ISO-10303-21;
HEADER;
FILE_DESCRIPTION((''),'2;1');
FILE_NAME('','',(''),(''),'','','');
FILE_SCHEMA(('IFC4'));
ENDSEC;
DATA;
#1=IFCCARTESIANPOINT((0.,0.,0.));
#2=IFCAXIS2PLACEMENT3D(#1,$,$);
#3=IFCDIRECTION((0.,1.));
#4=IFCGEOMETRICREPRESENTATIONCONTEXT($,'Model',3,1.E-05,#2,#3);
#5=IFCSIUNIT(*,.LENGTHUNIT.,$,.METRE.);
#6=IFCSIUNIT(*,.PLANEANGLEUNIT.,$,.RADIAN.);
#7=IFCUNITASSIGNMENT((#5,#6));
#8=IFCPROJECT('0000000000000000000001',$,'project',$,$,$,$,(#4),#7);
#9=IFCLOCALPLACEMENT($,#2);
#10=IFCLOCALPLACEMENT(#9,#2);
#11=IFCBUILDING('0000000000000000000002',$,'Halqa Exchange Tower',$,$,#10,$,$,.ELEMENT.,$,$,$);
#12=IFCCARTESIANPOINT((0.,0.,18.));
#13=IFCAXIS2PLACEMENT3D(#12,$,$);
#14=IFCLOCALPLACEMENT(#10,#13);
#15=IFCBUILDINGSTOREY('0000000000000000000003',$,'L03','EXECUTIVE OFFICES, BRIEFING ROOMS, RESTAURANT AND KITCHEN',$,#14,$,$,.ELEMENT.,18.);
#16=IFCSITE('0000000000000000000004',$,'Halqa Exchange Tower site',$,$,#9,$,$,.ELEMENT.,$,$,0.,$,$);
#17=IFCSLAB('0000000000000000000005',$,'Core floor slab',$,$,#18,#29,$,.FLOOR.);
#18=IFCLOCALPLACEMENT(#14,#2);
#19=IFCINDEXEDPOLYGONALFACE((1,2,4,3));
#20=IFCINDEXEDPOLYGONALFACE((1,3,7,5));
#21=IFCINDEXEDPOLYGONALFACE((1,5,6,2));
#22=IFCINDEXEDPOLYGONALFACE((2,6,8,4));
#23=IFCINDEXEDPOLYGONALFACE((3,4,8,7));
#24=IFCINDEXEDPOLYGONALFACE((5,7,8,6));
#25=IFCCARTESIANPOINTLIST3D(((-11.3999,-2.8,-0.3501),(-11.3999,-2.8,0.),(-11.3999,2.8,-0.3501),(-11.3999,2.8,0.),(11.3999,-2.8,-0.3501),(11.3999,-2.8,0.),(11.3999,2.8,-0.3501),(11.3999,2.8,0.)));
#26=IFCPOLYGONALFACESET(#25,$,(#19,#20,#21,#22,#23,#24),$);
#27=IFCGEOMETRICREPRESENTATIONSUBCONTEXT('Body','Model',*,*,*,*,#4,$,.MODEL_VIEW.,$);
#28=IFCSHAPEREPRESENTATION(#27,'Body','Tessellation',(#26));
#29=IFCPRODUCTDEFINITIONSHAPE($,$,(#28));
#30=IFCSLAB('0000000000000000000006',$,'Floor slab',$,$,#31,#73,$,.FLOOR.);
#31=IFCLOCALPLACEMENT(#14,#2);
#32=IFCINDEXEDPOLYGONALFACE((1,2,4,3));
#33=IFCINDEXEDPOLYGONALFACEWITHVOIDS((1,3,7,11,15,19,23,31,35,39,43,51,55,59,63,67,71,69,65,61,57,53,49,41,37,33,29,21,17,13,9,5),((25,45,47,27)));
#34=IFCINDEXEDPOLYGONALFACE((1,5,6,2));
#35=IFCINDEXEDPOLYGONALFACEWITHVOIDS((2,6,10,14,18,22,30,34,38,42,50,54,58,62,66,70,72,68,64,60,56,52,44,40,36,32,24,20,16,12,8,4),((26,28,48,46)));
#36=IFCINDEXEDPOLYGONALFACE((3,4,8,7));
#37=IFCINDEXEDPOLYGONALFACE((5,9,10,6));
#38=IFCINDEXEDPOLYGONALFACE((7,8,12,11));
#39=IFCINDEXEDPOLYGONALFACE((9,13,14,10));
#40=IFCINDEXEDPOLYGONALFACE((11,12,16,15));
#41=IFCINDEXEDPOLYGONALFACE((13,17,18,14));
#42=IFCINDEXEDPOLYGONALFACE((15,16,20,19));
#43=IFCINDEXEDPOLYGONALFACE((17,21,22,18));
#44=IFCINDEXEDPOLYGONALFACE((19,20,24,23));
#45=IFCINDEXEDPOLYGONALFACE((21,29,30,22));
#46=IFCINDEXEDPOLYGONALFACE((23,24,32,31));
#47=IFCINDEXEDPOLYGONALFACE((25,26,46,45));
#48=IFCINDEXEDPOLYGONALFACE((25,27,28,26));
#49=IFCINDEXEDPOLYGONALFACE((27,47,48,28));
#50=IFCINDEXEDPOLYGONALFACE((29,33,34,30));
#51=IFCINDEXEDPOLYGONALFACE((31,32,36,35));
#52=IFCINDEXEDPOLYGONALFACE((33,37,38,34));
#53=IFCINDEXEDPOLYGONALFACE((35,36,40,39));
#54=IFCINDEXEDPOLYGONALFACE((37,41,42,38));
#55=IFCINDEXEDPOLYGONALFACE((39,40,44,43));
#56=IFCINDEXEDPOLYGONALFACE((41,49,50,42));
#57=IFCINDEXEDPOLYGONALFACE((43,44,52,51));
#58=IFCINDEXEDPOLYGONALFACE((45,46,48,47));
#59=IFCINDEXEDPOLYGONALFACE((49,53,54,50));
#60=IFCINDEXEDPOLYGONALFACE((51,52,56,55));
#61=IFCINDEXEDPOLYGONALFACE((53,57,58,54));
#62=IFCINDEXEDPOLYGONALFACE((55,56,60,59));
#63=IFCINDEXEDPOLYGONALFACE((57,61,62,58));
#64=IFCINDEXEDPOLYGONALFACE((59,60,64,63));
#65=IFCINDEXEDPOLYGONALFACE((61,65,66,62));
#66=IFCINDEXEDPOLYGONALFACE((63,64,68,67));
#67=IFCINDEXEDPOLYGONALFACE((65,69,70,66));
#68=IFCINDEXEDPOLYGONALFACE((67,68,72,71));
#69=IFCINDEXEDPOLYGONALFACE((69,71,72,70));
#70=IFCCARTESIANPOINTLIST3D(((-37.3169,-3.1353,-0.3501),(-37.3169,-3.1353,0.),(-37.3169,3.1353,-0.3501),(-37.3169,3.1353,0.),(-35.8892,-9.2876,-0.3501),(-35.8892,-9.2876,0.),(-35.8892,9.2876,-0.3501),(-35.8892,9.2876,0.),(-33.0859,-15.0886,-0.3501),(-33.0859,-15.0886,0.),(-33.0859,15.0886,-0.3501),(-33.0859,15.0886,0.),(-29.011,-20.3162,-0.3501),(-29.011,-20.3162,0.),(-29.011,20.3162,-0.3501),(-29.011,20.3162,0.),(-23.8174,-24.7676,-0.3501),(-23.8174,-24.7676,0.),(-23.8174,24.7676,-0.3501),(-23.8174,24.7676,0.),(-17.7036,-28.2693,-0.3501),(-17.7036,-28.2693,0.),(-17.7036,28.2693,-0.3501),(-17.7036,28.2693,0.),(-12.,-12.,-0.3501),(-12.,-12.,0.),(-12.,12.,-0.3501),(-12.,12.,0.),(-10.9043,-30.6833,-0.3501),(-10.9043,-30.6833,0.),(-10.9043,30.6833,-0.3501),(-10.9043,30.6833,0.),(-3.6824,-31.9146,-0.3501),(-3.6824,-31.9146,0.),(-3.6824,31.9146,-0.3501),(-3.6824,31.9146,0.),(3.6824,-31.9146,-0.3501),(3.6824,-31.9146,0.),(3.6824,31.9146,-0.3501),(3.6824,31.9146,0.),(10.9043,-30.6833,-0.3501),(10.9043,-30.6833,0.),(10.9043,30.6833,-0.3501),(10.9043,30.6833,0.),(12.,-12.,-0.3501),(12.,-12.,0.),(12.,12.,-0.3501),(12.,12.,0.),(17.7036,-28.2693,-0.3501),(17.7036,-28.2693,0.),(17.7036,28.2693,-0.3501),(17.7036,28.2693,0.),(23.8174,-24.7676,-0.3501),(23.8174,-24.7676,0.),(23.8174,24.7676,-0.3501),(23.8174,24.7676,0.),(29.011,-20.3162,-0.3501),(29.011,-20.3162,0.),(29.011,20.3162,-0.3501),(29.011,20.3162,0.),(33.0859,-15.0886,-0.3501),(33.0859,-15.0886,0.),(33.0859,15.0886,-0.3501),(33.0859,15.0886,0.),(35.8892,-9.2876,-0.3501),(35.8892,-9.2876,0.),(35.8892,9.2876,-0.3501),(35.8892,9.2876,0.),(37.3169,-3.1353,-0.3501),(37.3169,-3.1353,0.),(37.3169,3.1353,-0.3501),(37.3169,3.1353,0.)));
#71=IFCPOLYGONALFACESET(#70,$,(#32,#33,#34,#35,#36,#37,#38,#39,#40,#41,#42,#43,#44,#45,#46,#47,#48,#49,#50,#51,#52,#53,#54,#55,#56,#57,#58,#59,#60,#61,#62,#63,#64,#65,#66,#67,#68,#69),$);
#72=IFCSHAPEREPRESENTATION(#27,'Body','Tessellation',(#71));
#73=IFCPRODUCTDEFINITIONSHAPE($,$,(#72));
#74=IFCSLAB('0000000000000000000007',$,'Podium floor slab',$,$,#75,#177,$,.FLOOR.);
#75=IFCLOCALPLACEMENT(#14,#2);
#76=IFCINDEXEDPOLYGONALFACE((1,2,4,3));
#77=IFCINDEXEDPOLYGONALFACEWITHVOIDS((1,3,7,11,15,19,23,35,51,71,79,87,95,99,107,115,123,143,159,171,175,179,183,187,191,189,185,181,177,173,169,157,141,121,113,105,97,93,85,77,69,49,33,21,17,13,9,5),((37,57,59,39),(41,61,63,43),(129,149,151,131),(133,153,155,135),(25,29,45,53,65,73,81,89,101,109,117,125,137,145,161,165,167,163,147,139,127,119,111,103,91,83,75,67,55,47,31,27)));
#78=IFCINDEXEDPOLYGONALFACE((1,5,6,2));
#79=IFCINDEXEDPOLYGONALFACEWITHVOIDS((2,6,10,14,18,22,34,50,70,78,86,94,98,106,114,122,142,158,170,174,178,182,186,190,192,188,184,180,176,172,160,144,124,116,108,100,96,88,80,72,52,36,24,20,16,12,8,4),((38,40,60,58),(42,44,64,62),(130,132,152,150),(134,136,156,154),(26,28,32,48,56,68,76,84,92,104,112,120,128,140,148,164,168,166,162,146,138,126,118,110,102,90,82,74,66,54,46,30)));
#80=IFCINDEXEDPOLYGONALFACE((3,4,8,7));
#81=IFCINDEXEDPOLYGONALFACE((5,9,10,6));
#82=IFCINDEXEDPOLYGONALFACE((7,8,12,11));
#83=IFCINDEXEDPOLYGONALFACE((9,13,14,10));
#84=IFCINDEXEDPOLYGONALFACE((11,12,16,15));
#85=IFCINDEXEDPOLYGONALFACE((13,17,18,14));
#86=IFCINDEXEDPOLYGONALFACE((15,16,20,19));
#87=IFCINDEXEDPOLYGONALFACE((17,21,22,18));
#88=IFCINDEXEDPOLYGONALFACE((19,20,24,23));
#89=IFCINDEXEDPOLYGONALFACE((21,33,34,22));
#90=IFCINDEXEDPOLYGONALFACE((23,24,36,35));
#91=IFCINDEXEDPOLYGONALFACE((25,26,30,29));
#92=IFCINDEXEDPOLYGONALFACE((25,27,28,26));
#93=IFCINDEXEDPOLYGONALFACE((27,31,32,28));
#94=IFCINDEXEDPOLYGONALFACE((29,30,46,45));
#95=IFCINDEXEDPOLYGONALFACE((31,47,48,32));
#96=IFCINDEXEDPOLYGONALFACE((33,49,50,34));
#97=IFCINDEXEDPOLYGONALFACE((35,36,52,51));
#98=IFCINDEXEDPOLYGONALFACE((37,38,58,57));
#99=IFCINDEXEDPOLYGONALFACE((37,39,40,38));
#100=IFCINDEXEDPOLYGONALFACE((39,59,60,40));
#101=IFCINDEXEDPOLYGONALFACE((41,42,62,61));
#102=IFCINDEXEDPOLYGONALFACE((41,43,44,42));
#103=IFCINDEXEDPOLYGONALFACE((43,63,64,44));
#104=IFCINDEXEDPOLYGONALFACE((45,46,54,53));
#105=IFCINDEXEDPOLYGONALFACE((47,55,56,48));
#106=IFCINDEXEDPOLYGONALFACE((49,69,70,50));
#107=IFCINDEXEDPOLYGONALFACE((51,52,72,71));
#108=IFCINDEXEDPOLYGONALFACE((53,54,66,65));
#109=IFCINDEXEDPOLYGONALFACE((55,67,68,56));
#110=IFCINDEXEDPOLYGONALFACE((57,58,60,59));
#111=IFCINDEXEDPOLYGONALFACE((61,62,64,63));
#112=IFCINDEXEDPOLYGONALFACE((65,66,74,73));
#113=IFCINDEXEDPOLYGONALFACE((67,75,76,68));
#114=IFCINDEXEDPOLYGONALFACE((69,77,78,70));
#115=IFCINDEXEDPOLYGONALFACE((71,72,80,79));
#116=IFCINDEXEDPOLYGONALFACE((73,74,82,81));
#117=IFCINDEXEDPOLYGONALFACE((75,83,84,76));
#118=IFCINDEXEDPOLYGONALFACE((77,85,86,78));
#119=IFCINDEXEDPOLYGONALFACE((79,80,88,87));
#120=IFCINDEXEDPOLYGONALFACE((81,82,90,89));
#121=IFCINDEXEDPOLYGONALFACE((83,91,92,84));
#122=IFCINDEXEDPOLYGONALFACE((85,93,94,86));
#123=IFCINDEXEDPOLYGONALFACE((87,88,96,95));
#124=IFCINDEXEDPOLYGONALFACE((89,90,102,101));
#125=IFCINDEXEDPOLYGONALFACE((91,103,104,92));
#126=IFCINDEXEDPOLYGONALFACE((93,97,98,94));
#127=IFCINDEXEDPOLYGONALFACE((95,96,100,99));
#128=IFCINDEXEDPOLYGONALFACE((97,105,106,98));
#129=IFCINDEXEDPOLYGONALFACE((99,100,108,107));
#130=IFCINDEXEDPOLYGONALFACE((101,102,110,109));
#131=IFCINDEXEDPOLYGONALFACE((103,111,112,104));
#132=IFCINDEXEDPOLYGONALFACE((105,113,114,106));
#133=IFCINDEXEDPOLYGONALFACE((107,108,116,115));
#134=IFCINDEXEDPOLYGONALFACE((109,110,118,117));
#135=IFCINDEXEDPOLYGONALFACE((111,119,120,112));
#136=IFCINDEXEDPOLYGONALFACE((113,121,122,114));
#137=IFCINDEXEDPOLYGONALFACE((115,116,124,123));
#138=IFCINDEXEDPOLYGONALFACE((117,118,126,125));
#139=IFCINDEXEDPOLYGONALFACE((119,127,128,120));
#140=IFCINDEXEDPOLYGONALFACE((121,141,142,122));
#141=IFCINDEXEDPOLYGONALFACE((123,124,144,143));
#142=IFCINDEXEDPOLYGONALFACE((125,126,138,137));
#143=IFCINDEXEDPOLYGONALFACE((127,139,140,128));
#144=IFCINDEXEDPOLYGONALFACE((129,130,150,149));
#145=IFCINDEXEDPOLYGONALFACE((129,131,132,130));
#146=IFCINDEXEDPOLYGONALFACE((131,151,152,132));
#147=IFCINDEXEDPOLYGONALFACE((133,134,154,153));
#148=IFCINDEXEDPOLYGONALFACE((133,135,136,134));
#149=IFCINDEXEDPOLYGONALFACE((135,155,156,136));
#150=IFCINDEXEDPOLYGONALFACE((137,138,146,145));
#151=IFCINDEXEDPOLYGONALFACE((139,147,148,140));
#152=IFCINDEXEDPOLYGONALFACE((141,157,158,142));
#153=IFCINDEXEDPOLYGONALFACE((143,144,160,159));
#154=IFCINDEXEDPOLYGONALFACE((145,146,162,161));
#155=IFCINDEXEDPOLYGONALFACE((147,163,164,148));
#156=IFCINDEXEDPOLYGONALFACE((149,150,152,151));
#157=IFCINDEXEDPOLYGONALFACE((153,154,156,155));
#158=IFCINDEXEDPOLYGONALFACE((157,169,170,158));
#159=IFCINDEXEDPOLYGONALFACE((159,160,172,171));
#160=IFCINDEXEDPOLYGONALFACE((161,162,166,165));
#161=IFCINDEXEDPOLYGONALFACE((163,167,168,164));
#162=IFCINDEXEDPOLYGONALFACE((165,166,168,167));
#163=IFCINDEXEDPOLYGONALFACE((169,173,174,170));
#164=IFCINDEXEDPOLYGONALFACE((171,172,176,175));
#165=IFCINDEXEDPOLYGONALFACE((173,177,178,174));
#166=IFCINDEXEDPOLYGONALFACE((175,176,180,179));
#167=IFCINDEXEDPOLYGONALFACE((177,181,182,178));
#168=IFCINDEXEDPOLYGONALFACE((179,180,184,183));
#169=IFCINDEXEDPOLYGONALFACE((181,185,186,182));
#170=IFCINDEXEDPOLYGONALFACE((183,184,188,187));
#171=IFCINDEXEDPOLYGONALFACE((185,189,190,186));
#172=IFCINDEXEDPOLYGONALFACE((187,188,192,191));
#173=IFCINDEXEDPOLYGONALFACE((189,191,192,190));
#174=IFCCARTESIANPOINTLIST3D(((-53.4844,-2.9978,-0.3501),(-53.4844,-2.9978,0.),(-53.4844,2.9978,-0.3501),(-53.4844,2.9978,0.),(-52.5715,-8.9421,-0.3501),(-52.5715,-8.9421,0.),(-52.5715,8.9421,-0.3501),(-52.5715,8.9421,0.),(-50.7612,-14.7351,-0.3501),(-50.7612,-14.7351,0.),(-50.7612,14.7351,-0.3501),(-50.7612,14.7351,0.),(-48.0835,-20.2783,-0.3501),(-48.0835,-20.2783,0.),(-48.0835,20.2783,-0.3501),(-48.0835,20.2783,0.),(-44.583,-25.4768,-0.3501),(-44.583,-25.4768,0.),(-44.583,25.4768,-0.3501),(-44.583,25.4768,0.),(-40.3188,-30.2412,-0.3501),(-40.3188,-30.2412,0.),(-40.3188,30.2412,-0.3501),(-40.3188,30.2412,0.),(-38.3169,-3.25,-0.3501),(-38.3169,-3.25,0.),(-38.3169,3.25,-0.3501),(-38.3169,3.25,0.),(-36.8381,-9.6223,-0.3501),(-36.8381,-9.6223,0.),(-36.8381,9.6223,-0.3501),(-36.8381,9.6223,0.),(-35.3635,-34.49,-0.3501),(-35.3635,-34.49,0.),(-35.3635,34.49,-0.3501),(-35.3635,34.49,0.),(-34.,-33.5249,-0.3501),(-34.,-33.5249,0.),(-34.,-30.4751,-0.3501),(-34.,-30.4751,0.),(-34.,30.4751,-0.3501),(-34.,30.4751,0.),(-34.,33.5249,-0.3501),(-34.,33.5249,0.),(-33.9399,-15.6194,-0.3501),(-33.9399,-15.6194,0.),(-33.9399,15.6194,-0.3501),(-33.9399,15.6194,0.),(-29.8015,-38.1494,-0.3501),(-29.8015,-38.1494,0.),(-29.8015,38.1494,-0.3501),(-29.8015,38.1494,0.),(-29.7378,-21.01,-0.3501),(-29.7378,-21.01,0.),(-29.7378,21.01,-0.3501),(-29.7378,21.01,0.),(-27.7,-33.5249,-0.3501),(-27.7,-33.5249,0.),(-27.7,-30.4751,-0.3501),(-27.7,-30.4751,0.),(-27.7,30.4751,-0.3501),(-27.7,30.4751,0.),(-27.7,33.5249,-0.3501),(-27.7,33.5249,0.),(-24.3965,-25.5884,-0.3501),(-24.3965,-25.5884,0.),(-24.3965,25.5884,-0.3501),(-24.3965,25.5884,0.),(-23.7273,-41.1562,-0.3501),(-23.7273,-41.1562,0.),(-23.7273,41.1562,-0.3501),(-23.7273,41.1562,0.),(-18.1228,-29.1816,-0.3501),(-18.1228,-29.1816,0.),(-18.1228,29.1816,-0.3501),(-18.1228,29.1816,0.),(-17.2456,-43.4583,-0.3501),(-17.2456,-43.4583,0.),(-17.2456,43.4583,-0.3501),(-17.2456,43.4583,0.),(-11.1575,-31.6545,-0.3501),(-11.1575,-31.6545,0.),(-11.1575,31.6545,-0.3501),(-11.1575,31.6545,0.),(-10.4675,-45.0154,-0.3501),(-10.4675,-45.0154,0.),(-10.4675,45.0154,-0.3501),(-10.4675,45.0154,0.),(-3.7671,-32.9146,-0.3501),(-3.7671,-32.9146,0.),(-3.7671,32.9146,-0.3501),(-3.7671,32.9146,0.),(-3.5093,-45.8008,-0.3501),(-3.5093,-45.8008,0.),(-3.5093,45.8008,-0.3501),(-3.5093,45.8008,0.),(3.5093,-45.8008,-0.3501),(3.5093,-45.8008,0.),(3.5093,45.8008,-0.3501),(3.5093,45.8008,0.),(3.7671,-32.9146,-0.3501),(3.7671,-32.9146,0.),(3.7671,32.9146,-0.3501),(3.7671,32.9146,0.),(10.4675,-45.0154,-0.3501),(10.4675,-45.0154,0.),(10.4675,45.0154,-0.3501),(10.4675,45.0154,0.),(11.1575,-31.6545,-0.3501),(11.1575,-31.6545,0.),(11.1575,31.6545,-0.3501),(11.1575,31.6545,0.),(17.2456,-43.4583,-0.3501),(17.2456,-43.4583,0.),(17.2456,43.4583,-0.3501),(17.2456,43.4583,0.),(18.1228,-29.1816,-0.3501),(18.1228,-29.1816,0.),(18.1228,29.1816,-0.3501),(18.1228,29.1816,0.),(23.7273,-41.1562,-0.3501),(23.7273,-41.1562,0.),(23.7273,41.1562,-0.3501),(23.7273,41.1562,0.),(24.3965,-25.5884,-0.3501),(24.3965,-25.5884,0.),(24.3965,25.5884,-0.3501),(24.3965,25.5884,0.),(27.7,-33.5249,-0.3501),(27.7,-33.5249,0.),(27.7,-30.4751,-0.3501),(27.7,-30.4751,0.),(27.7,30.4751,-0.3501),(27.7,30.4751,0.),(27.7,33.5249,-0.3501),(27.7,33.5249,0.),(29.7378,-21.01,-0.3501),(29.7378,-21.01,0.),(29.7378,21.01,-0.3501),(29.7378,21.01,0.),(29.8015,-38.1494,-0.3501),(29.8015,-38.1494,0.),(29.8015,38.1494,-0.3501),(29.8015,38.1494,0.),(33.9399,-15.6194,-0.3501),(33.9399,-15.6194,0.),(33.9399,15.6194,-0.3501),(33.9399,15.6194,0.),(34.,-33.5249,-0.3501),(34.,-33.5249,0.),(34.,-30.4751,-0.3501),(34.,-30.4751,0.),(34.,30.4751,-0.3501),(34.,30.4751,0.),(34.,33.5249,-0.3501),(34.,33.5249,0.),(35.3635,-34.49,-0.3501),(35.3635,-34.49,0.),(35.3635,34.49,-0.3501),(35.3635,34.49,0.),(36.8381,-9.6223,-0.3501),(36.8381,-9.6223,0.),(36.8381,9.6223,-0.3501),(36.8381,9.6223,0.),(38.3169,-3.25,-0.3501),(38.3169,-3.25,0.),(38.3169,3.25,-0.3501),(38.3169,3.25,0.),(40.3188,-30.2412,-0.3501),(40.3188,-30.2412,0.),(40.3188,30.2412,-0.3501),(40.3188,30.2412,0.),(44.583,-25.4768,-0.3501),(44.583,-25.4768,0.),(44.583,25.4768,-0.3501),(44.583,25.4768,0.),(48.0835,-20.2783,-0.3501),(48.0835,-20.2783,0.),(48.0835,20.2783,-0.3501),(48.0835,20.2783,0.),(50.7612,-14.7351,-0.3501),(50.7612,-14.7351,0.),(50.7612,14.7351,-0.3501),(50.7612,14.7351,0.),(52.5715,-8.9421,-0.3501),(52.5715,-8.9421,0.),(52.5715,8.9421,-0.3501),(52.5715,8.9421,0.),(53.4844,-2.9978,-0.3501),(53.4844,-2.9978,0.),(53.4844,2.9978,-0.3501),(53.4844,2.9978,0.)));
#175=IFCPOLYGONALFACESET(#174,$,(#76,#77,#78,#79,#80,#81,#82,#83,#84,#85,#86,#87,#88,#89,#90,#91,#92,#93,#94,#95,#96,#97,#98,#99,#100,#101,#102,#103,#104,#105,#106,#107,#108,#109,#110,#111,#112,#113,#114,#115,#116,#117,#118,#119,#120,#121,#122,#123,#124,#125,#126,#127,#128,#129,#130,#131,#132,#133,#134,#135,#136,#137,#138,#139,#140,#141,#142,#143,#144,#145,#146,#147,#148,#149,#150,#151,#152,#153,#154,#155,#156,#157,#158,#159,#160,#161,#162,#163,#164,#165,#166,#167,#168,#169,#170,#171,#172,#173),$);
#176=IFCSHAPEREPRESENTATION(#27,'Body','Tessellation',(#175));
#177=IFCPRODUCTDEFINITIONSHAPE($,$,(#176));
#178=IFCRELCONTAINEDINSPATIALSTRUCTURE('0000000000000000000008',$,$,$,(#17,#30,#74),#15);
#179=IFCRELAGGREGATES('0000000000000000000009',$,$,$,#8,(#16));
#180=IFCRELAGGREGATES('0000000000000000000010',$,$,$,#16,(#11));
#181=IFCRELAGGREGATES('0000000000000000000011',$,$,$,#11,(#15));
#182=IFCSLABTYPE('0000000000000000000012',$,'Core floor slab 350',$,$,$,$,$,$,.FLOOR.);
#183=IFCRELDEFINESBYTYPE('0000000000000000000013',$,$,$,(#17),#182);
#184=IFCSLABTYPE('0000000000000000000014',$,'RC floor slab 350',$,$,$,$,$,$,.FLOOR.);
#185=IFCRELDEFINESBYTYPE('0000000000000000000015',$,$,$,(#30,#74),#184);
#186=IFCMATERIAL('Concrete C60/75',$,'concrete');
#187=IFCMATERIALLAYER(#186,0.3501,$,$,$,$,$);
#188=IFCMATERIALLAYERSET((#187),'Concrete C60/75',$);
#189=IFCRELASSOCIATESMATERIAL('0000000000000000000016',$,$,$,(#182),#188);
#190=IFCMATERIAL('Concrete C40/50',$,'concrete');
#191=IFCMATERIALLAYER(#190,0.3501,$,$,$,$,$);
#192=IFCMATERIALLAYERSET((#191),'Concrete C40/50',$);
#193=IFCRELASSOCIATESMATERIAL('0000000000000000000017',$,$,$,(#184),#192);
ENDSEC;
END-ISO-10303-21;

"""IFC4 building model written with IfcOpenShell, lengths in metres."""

from ifc_helpers import new_model, si_unit, direction, frame, origin, place, context, subcontext, project, spatial, polyline, outline, extrude, material, layer, layer_set, type_object, element, save


model = new_model("IFC4")

# Units and contexts
model_context = context("Model", 3, precision=1e-05, world=origin(), true_north=direction((0.0, 1.0)))
body_context = subcontext(model_context, "Body", "Model", "MODEL_VIEW")
ifc_project = project(units=[si_unit("LENGTHUNIT", "METRE"), si_unit("PLANEANGLEUNIT", "RADIAN")], contexts=[model_context])

# Site, building, storey
site_placement = place(None, origin())
site = spatial("IfcSite", under=ifc_project, at=site_placement, Name="Halqa Exchange Tower site", CompositionType="ELEMENT", RefElevation=0.0)
building_placement = place(site_placement, origin())
building = spatial("IfcBuilding", under=site, at=building_placement, Name="Halqa Exchange Tower", CompositionType="ELEMENT")
storey_placement = place(building_placement, frame((0.0, 0.0, 18.0)))
storey = spatial("IfcBuildingStorey", under=building, at=storey_placement, Name="L03", Description="EXECUTIVE OFFICES, BRIEFING ROOMS, RESTAURANT AND KITCHEN", CompositionType="ELEMENT", Elevation=18.0)

# Slabs
ifc_material_1 = material(Name="Concrete C60/75", Category="concrete")
ifc_layer_1 = layer(ifc_material_1, 0.3501)
ifc_layer_set_1 = layer_set([ifc_layer_1], Name="Concrete C60/75")
slab_type_1 = type_object("IfcSlabType", Name="Core floor slab 350", PredefinedType="FLOOR", material=ifc_layer_set_1)
slab_1_placement = place(storey_placement, frame((0.0, 0.0, -0.3501)))
element("IfcSlab", 1, at=slab_1_placement, inside=storey, type_object=slab_type_1, Name="Core floor slab", PredefinedType="FLOOR", context=body_context, shape_type="SweptSolid", body=[
    extrude(outline(polyline([(-11.3999, 2.8), (11.3999, 2.8), (11.3999, -2.8), (-11.3999, -2.8), (-11.3999, 2.8)])), origin(), (0.0, 0.0, 1.0), 0.3501),
])
ifc_material_2 = material(Name="Concrete C40/50", Category="concrete")
ifc_layer_2 = layer(ifc_material_2, 0.3501)
ifc_layer_set_2 = layer_set([ifc_layer_2], Name="Concrete C40/50")
slab_type_2 = type_object("IfcSlabType", Name="RC floor slab 350", PredefinedType="FLOOR", material=ifc_layer_set_2)
slab_2_placement = place(storey_placement, frame((0.0, 0.0, -0.3501)))
element("IfcSlab", 2, at=slab_2_placement, inside=storey, type_object=slab_type_2, Name="Floor slab", PredefinedType="FLOOR", context=body_context, shape_type="SweptSolid", body=[
    extrude(outline(polyline([(37.3169, 3.1353), (37.3169, -3.1353), (35.8892, -9.2876), (33.0859, -15.0886), (29.011, -20.3162), (23.8174, -24.7676), (17.7036, -28.2693), (10.9043, -30.6833), (3.6824, -31.9146), (-3.6824, -31.9146), (-10.9043, -30.6833), (-17.7036, -28.2693), (-23.8174, -24.7676), (-29.011, -20.3162), (-33.0859, -15.0886), (-35.8892, -9.2876), (-37.3169, -3.1353), (-37.3169, 3.1353), (-35.8892, 9.2876), (-33.0859, 15.0886), (-29.011, 20.3162), (-23.8174, 24.7676), (-17.7036, 28.2693), (-10.9043, 30.6833), (-3.6824, 31.9146), (3.6824, 31.9146), (10.9043, 30.6833), (17.7036, 28.2693), (23.8174, 24.7676), (29.011, 20.3162), (33.0859, 15.0886), (35.8892, 9.2876), (37.3169, 3.1353)]), holes=[polyline([(-12.0, -12.0), (12.0, -12.0), (12.0, 12.0), (-12.0, 12.0), (-12.0, -12.0)])]), origin(), (0.0, 0.0, 1.0), 0.3501),
])
slab_3_placement = place(storey_placement, frame((0.0, 0.0, -0.3501)))
element("IfcSlab", 3, at=slab_3_placement, inside=storey, type_object=slab_type_2, Name="Podium floor slab", PredefinedType="FLOOR", context=body_context, shape_type="SweptSolid", body=[
    extrude(outline(polyline([(53.4844, 2.9978), (53.4844, -2.9978), (52.5715, -8.9421), (50.7612, -14.7351), (48.0835, -20.2783), (44.583, -25.4768), (40.3188, -30.2412), (35.3635, -34.49), (29.8015, -38.1494), (23.7273, -41.1562), (17.2456, -43.4583), (10.4675, -45.0154), (3.5093, -45.8008), (-3.5093, -45.8008), (-10.4675, -45.0154), (-17.2456, -43.4583), (-23.7273, -41.1562), (-29.8015, -38.1494), (-35.3635, -34.49), (-40.3188, -30.2412), (-44.583, -25.4768), (-48.0835, -20.2783), (-50.7612, -14.7351), (-52.5715, -8.9421), (-53.4844, -2.9978), (-53.4844, 2.9978), (-52.5715, 8.9421), (-50.7612, 14.7351), (-48.0835, 20.2783), (-44.583, 25.4768), (-40.3188, 30.2412), (-35.3635, 34.49), (-29.8015, 38.1494), (-23.7273, 41.1562), (-17.2456, 43.4583), (-10.4675, 45.0154), (-3.5093, 45.8008), (3.5093, 45.8008), (10.4675, 45.0154), (17.2456, 43.4583), (23.7273, 41.1562), (29.8015, 38.1494), (35.3635, 34.49), (40.3188, 30.2412), (44.583, 25.4768), (48.0835, 20.2783), (50.7612, 14.7351), (52.5715, 8.9421), (53.4844, 2.9978)]), holes=[polyline([(38.3169, 3.25), (38.3169, -3.25), (36.8381, -9.6223), (33.9399, -15.6194), (29.7378, -21.01), (24.3965, -25.5884), (18.1228, -29.1816), (11.1575, -31.6545), (3.7671, -32.9146), (-3.7671, -32.9146), (-11.1575, -31.6545), (-18.1228, -29.1816), (-24.3965, -25.5884), (-29.7378, -21.01), (-33.9399, -15.6194), (-36.8381, -9.6223), (-38.3169, -3.25), (-38.3169, 3.25), (-36.8381, 9.6223), (-33.9399, 15.6194), (-29.7378, 21.01), (-24.3965, 25.5884), (-18.1228, 29.1816), (-11.1575, 31.6545), (-3.7671, 32.9146), (3.7671, 32.9146), (11.1575, 31.6545), (18.1228, 29.1816), (24.3965, 25.5884), (29.7378, 21.01), (33.9399, 15.6194), (36.8381, 9.6223), (38.3169, 3.25)]), polyline([(27.7, 30.4751), (34.0, 30.4751), (34.0, 33.5249), (27.7, 33.5249), (27.7, 30.4751)]), polyline([(27.7, -33.5249), (34.0, -33.5249), (34.0, -30.4751), (27.7, -30.4751), (27.7, -33.5249)]), polyline([(-34.0, 30.4751), (-27.7, 30.4751), (-27.7, 33.5249), (-34.0, 33.5249), (-34.0, 30.4751)]), polyline([(-34.0, -33.5249), (-27.7, -33.5249), (-27.7, -30.4751), (-34.0, -30.4751), (-34.0, -33.5249)])]), origin(), (0.0, 0.0, 1.0), 0.3501),
])

save(model, "model.ifc")
